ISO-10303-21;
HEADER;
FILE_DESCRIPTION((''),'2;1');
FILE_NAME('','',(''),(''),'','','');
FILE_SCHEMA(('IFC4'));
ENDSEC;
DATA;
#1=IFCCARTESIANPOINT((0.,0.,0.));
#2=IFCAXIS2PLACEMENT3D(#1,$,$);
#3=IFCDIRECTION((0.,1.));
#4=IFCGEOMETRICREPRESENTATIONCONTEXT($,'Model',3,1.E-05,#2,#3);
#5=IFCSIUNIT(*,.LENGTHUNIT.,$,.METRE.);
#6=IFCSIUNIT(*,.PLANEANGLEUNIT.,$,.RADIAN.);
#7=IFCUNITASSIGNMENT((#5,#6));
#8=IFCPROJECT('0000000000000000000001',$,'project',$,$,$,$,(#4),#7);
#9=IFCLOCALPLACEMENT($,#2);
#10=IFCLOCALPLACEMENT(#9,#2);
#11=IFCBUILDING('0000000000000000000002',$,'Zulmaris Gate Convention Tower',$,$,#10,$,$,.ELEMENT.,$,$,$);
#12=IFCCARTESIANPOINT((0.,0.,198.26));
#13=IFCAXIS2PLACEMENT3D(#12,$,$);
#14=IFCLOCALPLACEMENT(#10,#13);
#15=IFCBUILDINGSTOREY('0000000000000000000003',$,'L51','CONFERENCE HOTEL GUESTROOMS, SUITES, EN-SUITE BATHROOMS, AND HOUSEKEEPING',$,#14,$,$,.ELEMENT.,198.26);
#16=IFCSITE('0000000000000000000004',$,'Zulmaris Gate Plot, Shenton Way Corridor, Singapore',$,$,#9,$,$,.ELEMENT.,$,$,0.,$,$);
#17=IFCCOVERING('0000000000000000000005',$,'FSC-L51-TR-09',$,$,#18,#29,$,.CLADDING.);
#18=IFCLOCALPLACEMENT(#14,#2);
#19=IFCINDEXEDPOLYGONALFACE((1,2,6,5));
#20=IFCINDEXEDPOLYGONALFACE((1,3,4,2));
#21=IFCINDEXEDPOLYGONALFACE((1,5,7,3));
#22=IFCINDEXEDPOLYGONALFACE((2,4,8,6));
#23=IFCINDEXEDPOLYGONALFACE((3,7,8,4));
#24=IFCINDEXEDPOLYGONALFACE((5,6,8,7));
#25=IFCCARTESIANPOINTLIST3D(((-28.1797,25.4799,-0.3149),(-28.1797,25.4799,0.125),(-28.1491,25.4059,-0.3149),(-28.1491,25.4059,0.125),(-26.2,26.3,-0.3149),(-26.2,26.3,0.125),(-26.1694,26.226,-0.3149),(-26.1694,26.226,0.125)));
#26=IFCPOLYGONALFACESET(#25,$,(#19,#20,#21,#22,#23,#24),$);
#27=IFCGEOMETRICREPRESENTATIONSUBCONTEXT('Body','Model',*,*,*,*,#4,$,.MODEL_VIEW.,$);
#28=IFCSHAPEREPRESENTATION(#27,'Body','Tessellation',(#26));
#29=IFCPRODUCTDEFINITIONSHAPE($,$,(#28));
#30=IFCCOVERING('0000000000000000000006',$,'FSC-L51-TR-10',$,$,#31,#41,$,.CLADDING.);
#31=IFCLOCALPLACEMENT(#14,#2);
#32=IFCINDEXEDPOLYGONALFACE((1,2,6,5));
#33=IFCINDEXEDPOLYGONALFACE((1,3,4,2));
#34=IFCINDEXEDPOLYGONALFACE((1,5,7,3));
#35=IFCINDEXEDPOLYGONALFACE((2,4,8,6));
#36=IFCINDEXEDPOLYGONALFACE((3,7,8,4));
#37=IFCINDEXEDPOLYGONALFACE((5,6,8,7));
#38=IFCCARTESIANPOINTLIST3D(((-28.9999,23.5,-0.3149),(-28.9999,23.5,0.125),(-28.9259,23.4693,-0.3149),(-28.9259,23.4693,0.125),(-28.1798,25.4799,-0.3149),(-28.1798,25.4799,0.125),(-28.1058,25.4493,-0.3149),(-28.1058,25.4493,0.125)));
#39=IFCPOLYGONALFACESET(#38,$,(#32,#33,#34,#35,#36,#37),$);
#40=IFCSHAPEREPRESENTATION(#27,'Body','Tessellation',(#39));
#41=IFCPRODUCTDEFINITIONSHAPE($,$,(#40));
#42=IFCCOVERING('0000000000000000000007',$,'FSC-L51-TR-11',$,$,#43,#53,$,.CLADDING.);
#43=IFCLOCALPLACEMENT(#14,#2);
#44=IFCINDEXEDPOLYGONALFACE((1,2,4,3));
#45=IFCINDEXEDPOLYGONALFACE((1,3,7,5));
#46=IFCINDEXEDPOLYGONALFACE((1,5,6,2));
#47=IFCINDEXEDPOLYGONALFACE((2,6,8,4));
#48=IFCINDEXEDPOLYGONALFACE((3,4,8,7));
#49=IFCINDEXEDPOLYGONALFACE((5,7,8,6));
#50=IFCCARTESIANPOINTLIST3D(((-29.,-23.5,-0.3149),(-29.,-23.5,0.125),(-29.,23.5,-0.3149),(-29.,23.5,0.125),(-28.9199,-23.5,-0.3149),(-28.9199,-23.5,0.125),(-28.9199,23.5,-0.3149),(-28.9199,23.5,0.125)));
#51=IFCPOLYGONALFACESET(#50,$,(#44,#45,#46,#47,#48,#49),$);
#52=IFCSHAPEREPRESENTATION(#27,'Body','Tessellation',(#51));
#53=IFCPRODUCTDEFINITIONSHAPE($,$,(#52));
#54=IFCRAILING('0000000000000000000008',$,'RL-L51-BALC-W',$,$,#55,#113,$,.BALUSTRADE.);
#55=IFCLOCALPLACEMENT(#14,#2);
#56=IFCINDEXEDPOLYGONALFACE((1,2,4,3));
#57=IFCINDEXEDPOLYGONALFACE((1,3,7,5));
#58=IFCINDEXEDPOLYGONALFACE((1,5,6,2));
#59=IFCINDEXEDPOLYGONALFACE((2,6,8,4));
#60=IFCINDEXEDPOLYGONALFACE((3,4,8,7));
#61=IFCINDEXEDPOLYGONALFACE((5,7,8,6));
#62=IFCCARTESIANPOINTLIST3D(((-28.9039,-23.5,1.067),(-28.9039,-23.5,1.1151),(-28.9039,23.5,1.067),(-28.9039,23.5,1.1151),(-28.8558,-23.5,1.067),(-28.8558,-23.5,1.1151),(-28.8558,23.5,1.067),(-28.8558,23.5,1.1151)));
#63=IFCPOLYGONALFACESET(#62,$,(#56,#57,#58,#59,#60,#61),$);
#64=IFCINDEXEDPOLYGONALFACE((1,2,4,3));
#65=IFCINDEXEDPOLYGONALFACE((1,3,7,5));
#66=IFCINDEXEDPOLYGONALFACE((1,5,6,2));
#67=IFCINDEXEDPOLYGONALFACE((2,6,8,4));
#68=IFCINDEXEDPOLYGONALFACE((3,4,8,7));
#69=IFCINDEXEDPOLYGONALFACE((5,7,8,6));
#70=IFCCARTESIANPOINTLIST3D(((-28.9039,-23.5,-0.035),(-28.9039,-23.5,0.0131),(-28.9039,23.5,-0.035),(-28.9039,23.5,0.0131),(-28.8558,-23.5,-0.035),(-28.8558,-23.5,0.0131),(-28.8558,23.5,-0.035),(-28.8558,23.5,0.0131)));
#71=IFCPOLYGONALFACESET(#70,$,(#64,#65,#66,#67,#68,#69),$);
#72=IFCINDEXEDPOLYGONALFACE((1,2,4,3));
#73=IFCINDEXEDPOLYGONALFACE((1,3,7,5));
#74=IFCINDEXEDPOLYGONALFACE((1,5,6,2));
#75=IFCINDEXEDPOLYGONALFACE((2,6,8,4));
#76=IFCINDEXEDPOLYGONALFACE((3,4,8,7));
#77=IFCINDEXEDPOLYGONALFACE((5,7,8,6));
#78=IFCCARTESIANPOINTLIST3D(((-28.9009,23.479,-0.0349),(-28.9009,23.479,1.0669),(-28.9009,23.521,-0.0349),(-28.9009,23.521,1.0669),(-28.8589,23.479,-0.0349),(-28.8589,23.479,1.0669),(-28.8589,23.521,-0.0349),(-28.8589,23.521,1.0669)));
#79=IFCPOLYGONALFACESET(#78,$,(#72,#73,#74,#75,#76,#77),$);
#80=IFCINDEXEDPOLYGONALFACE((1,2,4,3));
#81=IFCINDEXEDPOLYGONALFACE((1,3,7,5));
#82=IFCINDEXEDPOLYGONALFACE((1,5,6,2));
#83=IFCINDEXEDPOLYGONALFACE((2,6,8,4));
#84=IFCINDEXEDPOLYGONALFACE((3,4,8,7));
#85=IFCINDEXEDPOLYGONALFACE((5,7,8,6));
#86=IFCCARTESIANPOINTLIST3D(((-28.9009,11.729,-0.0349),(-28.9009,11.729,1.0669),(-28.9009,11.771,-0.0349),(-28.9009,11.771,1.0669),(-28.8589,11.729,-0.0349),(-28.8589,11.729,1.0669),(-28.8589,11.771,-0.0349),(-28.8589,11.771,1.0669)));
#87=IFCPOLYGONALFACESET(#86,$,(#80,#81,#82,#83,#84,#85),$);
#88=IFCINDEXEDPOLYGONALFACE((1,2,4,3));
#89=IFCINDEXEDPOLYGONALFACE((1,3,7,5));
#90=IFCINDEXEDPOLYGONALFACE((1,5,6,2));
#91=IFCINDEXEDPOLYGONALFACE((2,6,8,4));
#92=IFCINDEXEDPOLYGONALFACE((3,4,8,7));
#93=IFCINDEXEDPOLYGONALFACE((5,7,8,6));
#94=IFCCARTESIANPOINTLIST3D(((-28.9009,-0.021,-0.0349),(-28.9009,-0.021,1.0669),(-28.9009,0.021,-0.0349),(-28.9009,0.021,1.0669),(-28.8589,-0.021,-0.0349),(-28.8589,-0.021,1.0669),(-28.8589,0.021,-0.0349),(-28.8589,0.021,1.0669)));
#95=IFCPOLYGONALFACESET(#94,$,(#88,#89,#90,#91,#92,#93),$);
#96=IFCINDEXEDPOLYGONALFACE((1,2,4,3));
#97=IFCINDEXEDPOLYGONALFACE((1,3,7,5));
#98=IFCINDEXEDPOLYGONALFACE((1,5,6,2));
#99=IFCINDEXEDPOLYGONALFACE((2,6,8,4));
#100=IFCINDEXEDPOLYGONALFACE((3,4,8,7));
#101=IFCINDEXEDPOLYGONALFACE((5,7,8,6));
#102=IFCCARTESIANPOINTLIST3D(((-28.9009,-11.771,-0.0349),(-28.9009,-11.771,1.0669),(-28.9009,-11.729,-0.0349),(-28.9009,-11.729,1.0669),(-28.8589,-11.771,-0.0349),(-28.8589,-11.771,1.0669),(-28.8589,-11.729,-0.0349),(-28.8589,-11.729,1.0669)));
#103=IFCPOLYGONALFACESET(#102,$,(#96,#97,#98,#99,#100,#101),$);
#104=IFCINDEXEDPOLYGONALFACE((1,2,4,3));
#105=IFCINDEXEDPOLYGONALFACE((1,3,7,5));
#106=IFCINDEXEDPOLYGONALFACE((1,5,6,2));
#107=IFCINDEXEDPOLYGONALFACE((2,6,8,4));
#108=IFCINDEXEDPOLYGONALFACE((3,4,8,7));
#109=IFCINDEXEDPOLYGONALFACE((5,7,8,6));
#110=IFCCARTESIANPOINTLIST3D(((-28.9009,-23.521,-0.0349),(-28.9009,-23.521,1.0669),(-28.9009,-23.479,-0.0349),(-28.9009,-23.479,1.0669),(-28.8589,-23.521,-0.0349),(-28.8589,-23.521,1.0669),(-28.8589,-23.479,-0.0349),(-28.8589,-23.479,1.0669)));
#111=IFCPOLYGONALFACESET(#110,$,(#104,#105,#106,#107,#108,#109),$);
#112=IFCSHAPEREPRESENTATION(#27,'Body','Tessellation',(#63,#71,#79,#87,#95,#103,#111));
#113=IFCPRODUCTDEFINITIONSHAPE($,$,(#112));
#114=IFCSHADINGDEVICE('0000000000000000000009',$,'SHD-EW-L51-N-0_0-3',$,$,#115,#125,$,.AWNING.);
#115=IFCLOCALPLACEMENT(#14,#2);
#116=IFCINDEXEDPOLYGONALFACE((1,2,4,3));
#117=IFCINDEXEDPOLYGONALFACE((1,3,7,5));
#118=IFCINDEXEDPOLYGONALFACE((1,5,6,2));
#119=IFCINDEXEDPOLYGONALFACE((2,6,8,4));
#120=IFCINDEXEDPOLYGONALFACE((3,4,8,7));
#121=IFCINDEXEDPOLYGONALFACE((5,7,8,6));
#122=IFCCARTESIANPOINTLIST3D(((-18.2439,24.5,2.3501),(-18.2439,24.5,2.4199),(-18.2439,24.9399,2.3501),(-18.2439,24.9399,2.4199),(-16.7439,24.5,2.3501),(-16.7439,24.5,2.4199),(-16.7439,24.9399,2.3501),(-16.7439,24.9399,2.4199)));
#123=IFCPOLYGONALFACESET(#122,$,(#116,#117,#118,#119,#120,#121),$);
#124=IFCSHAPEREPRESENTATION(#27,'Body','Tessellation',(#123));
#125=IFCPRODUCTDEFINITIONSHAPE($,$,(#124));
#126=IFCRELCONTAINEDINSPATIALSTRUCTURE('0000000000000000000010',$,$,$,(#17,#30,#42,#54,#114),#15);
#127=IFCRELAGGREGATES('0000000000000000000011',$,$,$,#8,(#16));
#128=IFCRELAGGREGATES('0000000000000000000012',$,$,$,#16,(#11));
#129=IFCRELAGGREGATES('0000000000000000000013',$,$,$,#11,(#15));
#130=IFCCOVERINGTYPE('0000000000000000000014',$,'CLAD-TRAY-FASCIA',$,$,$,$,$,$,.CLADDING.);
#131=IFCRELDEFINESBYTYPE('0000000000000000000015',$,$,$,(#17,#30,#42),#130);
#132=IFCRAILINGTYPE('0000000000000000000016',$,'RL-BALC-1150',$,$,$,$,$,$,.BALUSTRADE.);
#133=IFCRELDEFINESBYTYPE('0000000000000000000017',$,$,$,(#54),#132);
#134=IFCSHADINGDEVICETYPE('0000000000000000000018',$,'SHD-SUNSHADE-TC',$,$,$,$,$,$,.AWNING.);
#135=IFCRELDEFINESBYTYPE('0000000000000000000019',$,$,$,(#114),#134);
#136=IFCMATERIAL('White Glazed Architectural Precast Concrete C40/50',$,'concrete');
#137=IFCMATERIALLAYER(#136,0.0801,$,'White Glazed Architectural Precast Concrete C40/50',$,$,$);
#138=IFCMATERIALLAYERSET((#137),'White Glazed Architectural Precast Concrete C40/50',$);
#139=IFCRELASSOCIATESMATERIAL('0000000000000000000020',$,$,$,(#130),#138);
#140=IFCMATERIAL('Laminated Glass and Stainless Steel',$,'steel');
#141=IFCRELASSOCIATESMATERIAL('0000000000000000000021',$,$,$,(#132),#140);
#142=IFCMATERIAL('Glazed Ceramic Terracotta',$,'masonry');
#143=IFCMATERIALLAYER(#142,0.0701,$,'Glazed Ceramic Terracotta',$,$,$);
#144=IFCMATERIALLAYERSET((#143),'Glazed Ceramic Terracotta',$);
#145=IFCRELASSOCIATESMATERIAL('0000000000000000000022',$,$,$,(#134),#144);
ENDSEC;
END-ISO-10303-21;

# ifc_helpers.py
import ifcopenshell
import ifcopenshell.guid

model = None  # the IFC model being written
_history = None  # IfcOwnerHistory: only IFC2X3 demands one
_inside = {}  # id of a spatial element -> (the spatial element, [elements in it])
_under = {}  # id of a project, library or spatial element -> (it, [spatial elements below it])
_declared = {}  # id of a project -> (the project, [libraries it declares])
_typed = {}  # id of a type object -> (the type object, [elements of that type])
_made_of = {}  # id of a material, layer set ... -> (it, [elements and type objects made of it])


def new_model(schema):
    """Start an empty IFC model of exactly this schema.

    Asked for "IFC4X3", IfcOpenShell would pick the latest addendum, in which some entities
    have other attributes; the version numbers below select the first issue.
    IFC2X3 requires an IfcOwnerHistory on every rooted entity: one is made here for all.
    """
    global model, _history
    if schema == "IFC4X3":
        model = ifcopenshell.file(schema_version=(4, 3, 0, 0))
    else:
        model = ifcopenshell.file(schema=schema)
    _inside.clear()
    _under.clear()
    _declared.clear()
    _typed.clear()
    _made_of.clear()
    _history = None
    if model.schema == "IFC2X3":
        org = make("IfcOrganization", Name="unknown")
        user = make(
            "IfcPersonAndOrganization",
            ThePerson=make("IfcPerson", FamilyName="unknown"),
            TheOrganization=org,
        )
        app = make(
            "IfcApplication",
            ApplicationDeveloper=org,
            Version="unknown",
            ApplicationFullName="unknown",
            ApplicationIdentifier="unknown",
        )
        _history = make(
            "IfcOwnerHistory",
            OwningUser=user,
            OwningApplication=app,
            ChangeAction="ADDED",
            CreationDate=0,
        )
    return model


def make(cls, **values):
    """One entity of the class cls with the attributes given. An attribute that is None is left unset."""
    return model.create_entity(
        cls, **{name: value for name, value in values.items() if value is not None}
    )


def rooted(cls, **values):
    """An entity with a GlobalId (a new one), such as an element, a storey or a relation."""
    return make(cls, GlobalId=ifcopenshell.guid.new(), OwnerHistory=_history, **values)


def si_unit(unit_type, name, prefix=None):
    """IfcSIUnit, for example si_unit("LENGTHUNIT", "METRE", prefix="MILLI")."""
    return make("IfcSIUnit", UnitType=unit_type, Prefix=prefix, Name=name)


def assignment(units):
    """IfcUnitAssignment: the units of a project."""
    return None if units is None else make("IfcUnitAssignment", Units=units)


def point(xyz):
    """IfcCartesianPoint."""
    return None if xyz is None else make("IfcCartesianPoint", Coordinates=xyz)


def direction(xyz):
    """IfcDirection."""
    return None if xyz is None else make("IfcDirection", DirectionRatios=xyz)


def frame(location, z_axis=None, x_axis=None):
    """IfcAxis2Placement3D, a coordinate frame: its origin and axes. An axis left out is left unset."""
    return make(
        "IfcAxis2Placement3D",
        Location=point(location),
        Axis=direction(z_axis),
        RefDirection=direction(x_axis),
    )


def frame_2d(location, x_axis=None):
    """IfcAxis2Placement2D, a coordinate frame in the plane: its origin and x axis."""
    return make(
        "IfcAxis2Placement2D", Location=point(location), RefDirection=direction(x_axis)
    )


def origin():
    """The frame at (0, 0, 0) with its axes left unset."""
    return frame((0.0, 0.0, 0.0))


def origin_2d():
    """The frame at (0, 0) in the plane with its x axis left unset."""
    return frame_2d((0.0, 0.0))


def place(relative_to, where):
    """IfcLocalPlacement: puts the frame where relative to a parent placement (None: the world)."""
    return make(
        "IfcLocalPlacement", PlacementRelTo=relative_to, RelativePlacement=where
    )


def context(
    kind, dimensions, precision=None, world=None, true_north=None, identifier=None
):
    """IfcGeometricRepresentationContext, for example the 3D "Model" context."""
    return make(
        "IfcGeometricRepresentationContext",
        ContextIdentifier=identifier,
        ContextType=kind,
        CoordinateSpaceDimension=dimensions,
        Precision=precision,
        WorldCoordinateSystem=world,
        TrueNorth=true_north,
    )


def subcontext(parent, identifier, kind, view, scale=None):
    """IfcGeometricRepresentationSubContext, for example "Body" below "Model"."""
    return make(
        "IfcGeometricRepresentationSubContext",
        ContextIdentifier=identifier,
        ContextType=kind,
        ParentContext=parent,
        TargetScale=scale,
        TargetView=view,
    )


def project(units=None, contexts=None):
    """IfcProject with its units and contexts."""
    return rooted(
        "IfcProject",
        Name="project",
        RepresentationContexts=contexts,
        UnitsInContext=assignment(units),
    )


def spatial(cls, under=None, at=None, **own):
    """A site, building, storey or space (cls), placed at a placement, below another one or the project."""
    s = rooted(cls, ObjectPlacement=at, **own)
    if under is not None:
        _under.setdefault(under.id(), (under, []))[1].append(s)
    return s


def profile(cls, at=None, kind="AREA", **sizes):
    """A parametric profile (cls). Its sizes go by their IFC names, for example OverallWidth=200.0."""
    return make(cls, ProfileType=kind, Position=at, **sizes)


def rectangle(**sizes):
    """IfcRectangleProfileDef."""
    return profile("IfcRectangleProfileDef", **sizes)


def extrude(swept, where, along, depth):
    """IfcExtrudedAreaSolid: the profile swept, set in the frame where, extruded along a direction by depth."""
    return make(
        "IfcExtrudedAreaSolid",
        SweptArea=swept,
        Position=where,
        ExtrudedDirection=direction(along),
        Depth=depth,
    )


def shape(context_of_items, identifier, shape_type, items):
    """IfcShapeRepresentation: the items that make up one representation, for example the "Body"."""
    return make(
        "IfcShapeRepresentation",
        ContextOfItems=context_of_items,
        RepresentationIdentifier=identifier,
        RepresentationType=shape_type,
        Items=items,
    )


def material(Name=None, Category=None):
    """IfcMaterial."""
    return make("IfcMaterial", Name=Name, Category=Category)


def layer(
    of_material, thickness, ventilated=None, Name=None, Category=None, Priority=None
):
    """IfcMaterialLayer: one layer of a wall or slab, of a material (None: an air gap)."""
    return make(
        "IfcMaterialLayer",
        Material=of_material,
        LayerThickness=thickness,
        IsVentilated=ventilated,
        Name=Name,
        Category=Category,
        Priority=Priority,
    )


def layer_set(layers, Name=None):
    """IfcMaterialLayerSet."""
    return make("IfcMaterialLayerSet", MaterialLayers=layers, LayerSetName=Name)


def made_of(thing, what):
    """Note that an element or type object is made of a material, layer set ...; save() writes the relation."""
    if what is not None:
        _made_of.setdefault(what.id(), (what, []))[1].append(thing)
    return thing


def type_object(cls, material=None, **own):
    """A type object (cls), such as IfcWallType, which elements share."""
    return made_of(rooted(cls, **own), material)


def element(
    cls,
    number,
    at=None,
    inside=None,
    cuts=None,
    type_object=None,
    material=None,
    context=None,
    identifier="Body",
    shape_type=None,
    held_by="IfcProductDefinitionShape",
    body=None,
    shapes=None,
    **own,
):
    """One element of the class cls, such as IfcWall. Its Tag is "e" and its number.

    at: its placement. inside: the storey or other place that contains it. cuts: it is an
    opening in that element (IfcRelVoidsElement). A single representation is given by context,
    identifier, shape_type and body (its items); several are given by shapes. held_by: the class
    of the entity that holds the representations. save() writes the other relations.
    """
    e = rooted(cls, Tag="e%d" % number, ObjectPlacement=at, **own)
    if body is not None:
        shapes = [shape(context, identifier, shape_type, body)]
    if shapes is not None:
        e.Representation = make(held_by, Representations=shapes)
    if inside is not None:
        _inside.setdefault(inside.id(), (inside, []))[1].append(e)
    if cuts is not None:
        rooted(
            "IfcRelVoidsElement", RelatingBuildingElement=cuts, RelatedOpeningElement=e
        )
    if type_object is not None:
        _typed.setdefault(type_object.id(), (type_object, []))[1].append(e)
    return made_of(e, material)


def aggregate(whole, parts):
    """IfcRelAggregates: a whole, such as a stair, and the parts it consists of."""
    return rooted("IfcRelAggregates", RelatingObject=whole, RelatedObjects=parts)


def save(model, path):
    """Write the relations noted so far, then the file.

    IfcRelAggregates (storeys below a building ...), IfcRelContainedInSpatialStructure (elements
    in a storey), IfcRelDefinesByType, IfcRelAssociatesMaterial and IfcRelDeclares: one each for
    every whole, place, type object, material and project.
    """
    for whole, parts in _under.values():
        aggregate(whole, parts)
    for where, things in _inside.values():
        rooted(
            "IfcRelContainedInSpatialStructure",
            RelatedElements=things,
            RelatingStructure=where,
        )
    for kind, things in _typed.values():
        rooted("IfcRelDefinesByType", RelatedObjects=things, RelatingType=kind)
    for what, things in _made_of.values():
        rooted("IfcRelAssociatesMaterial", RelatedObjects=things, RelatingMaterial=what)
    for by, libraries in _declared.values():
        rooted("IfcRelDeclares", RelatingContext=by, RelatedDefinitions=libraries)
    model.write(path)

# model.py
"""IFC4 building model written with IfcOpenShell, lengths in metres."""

from ifc_helpers import new_model, si_unit, direction, frame, frame_2d, origin, origin_2d, place, context, subcontext, project, spatial, rectangle, extrude, material, layer, layer_set, type_object, element, save


model = new_model("IFC4")

# Units and contexts
model_context = context("Model", 3, precision=1e-05, world=origin(), true_north=direction((0.0, 1.0)))
body_context = subcontext(model_context, "Body", "Model", "MODEL_VIEW")
ifc_project = project(units=[si_unit("LENGTHUNIT", "METRE"), si_unit("PLANEANGLEUNIT", "RADIAN")], contexts=[model_context])

# Site, building, storey
site_placement = place(None, origin())
site = spatial("IfcSite", under=ifc_project, at=site_placement, Name="Zulmaris Gate Plot, Shenton Way Corridor, Singapore", CompositionType="ELEMENT", RefElevation=0.0)
building_placement = place(site_placement, origin())
building = spatial("IfcBuilding", under=site, at=building_placement, Name="Zulmaris Gate Convention Tower", CompositionType="ELEMENT")
storey_placement = place(building_placement, frame((0.0, 0.0, 198.26)))
storey = spatial("IfcBuildingStorey", under=building, at=storey_placement, Name="L51", Description="CONFERENCE HOTEL GUESTROOMS, SUITES, EN-SUITE BATHROOMS, AND HOUSEKEEPING", CompositionType="ELEMENT", Elevation=198.26)

# Coverings
ifc_material_1 = material(Name="White Glazed Architectural Precast Concrete C40/50", Category="concrete")
ifc_layer_1 = layer(ifc_material_1, 0.0801, Name="White Glazed Architectural Precast Concrete C40/50")
ifc_layer_set_1 = layer_set([ifc_layer_1], Name="White Glazed Architectural Precast Concrete C40/50")
covering_type_1 = type_object("IfcCoveringType", Name="CLAD-TRAY-FASCIA", PredefinedType="CLADDING", material=ifc_layer_set_1)
covering_1_placement = place(storey_placement, frame((-26.1848, 26.2629, -0.3149), z_axis=(0.0, 0.0, 1.0), x_axis=(-0.923874, -0.382697, 0.0)))
element("IfcCovering", 1, at=covering_1_placement, inside=storey, type_object=covering_type_1, Name="FSC-L51-TR-09", PredefinedType="CLADDING", context=body_context, shape_type="SweptSolid", body=[
    extrude(rectangle(XDim=2.1428, YDim=0.0801, at=frame_2d((1.0713, 0.0))), origin(), (0.0, 0.0, 1.0), 0.4399),
])
covering_2_placement = place(storey_placement, frame((-28.1428, 25.4646, -0.3149), z_axis=(0.0, 0.0, 1.0), x_axis=(-0.382657, -0.92389, 0.0)))
element("IfcCovering", 2, at=covering_2_placement, inside=storey, type_object=covering_type_1, Name="FSC-L51-TR-10", PredefinedType="CLADDING", context=body_context, shape_type="SweptSolid", body=[
    extrude(rectangle(XDim=2.1431, YDim=0.0801, at=frame_2d((1.0715, 0.0))), origin(), (0.0, 0.0, 1.0), 0.4399),
])
covering_3_placement = place(storey_placement, frame((-28.96, 23.5, -0.3149), z_axis=(0.0, 0.0, 1.0), x_axis=(0.0, -1.0, 0.0)))
element("IfcCovering", 3, at=covering_3_placement, inside=storey, type_object=covering_type_1, Name="FSC-L51-TR-11", PredefinedType="CLADDING", context=body_context, shape_type="SweptSolid", body=[
    extrude(rectangle(XDim=47.0, YDim=0.0801, at=frame_2d((23.5, 0.0))), origin(), (0.0, 0.0, 1.0), 0.4399),
])

# Railing
ifc_material_2 = material(Name="Laminated Glass and Stainless Steel", Category="steel")
railing_type = type_object("IfcRailingType", Name="RL-BALC-1150", PredefinedType="BALUSTRADE", material=ifc_material_2)
railing_placement = place(storey_placement, frame((-28.8799, 23.5, -0.0349)))
element("IfcRailing", 4, at=railing_placement, inside=storey, type_object=railing_type, Name="RL-L51-BALC-W", PredefinedType="BALUSTRADE", context=body_context, shape_type="SweptSolid", body=[
    extrude(rectangle(XDim=0.0481, YDim=0.0481, at=origin_2d()), frame((0.0, 0.0, 1.126), z_axis=(0.0, -1.0, 0.0), x_axis=(1.0, 0.0, 0.0)), (0.0, 0.0, 1.0), 47.0),
    extrude(rectangle(XDim=0.0481, YDim=0.0481, at=origin_2d()), frame((0.0, 0.0, 0.0239), z_axis=(0.0, -1.0, 0.0), x_axis=(1.0, 0.0, 0.0)), (0.0, 0.0, 1.0), 47.0),
    extrude(rectangle(XDim=0.042, YDim=0.042, at=origin_2d()), origin(), (0.0, 0.0, 1.0), 1.1018),
    extrude(rectangle(XDim=0.042, YDim=0.042, at=origin_2d()), frame((0.0, -11.75, 0.0)), (0.0, 0.0, 1.0), 1.1018),
    extrude(rectangle(XDim=0.042, YDim=0.042, at=origin_2d()), frame((0.0, -23.5, 0.0)), (0.0, 0.0, 1.0), 1.1018),
    extrude(rectangle(XDim=0.042, YDim=0.042, at=origin_2d()), frame((0.0, -35.25, 0.0)), (0.0, 0.0, 1.0), 1.1018),
    extrude(rectangle(XDim=0.042, YDim=0.042, at=origin_2d()), frame((0.0, -47.0, 0.0)), (0.0, 0.0, 1.0), 1.1018),
])

# Shading device
ifc_material_3 = material(Name="Glazed Ceramic Terracotta", Category="masonry")
ifc_layer_2 = layer(ifc_material_3, 0.0701, Name="Glazed Ceramic Terracotta")
ifc_layer_set_2 = layer_set([ifc_layer_2], Name="Glazed Ceramic Terracotta")
shading_device_type = type_object("IfcShadingDeviceType", Name="SHD-SUNSHADE-TC", PredefinedType="AWNING", material=ifc_layer_set_2)
shading_device_placement = place(storey_placement, frame((-16.7439, 24.72, 2.3501), z_axis=(0.0, 0.0, 1.0), x_axis=(-1.0, 0.0, 0.0)))
element("IfcShadingDevice", 5, at=shading_device_placement, inside=storey, type_object=shading_device_type, Name="SHD-EW-L51-N-0_0-3", PredefinedType="AWNING", context=body_context, shape_type="SweptSolid", body=[
    extrude(rectangle(XDim=1.5, YDim=0.4399, at=frame_2d((0.75, 0.0))), origin(), (0.0, 0.0, 1.0), 0.0698),
])

save(model, "model.ifc")
